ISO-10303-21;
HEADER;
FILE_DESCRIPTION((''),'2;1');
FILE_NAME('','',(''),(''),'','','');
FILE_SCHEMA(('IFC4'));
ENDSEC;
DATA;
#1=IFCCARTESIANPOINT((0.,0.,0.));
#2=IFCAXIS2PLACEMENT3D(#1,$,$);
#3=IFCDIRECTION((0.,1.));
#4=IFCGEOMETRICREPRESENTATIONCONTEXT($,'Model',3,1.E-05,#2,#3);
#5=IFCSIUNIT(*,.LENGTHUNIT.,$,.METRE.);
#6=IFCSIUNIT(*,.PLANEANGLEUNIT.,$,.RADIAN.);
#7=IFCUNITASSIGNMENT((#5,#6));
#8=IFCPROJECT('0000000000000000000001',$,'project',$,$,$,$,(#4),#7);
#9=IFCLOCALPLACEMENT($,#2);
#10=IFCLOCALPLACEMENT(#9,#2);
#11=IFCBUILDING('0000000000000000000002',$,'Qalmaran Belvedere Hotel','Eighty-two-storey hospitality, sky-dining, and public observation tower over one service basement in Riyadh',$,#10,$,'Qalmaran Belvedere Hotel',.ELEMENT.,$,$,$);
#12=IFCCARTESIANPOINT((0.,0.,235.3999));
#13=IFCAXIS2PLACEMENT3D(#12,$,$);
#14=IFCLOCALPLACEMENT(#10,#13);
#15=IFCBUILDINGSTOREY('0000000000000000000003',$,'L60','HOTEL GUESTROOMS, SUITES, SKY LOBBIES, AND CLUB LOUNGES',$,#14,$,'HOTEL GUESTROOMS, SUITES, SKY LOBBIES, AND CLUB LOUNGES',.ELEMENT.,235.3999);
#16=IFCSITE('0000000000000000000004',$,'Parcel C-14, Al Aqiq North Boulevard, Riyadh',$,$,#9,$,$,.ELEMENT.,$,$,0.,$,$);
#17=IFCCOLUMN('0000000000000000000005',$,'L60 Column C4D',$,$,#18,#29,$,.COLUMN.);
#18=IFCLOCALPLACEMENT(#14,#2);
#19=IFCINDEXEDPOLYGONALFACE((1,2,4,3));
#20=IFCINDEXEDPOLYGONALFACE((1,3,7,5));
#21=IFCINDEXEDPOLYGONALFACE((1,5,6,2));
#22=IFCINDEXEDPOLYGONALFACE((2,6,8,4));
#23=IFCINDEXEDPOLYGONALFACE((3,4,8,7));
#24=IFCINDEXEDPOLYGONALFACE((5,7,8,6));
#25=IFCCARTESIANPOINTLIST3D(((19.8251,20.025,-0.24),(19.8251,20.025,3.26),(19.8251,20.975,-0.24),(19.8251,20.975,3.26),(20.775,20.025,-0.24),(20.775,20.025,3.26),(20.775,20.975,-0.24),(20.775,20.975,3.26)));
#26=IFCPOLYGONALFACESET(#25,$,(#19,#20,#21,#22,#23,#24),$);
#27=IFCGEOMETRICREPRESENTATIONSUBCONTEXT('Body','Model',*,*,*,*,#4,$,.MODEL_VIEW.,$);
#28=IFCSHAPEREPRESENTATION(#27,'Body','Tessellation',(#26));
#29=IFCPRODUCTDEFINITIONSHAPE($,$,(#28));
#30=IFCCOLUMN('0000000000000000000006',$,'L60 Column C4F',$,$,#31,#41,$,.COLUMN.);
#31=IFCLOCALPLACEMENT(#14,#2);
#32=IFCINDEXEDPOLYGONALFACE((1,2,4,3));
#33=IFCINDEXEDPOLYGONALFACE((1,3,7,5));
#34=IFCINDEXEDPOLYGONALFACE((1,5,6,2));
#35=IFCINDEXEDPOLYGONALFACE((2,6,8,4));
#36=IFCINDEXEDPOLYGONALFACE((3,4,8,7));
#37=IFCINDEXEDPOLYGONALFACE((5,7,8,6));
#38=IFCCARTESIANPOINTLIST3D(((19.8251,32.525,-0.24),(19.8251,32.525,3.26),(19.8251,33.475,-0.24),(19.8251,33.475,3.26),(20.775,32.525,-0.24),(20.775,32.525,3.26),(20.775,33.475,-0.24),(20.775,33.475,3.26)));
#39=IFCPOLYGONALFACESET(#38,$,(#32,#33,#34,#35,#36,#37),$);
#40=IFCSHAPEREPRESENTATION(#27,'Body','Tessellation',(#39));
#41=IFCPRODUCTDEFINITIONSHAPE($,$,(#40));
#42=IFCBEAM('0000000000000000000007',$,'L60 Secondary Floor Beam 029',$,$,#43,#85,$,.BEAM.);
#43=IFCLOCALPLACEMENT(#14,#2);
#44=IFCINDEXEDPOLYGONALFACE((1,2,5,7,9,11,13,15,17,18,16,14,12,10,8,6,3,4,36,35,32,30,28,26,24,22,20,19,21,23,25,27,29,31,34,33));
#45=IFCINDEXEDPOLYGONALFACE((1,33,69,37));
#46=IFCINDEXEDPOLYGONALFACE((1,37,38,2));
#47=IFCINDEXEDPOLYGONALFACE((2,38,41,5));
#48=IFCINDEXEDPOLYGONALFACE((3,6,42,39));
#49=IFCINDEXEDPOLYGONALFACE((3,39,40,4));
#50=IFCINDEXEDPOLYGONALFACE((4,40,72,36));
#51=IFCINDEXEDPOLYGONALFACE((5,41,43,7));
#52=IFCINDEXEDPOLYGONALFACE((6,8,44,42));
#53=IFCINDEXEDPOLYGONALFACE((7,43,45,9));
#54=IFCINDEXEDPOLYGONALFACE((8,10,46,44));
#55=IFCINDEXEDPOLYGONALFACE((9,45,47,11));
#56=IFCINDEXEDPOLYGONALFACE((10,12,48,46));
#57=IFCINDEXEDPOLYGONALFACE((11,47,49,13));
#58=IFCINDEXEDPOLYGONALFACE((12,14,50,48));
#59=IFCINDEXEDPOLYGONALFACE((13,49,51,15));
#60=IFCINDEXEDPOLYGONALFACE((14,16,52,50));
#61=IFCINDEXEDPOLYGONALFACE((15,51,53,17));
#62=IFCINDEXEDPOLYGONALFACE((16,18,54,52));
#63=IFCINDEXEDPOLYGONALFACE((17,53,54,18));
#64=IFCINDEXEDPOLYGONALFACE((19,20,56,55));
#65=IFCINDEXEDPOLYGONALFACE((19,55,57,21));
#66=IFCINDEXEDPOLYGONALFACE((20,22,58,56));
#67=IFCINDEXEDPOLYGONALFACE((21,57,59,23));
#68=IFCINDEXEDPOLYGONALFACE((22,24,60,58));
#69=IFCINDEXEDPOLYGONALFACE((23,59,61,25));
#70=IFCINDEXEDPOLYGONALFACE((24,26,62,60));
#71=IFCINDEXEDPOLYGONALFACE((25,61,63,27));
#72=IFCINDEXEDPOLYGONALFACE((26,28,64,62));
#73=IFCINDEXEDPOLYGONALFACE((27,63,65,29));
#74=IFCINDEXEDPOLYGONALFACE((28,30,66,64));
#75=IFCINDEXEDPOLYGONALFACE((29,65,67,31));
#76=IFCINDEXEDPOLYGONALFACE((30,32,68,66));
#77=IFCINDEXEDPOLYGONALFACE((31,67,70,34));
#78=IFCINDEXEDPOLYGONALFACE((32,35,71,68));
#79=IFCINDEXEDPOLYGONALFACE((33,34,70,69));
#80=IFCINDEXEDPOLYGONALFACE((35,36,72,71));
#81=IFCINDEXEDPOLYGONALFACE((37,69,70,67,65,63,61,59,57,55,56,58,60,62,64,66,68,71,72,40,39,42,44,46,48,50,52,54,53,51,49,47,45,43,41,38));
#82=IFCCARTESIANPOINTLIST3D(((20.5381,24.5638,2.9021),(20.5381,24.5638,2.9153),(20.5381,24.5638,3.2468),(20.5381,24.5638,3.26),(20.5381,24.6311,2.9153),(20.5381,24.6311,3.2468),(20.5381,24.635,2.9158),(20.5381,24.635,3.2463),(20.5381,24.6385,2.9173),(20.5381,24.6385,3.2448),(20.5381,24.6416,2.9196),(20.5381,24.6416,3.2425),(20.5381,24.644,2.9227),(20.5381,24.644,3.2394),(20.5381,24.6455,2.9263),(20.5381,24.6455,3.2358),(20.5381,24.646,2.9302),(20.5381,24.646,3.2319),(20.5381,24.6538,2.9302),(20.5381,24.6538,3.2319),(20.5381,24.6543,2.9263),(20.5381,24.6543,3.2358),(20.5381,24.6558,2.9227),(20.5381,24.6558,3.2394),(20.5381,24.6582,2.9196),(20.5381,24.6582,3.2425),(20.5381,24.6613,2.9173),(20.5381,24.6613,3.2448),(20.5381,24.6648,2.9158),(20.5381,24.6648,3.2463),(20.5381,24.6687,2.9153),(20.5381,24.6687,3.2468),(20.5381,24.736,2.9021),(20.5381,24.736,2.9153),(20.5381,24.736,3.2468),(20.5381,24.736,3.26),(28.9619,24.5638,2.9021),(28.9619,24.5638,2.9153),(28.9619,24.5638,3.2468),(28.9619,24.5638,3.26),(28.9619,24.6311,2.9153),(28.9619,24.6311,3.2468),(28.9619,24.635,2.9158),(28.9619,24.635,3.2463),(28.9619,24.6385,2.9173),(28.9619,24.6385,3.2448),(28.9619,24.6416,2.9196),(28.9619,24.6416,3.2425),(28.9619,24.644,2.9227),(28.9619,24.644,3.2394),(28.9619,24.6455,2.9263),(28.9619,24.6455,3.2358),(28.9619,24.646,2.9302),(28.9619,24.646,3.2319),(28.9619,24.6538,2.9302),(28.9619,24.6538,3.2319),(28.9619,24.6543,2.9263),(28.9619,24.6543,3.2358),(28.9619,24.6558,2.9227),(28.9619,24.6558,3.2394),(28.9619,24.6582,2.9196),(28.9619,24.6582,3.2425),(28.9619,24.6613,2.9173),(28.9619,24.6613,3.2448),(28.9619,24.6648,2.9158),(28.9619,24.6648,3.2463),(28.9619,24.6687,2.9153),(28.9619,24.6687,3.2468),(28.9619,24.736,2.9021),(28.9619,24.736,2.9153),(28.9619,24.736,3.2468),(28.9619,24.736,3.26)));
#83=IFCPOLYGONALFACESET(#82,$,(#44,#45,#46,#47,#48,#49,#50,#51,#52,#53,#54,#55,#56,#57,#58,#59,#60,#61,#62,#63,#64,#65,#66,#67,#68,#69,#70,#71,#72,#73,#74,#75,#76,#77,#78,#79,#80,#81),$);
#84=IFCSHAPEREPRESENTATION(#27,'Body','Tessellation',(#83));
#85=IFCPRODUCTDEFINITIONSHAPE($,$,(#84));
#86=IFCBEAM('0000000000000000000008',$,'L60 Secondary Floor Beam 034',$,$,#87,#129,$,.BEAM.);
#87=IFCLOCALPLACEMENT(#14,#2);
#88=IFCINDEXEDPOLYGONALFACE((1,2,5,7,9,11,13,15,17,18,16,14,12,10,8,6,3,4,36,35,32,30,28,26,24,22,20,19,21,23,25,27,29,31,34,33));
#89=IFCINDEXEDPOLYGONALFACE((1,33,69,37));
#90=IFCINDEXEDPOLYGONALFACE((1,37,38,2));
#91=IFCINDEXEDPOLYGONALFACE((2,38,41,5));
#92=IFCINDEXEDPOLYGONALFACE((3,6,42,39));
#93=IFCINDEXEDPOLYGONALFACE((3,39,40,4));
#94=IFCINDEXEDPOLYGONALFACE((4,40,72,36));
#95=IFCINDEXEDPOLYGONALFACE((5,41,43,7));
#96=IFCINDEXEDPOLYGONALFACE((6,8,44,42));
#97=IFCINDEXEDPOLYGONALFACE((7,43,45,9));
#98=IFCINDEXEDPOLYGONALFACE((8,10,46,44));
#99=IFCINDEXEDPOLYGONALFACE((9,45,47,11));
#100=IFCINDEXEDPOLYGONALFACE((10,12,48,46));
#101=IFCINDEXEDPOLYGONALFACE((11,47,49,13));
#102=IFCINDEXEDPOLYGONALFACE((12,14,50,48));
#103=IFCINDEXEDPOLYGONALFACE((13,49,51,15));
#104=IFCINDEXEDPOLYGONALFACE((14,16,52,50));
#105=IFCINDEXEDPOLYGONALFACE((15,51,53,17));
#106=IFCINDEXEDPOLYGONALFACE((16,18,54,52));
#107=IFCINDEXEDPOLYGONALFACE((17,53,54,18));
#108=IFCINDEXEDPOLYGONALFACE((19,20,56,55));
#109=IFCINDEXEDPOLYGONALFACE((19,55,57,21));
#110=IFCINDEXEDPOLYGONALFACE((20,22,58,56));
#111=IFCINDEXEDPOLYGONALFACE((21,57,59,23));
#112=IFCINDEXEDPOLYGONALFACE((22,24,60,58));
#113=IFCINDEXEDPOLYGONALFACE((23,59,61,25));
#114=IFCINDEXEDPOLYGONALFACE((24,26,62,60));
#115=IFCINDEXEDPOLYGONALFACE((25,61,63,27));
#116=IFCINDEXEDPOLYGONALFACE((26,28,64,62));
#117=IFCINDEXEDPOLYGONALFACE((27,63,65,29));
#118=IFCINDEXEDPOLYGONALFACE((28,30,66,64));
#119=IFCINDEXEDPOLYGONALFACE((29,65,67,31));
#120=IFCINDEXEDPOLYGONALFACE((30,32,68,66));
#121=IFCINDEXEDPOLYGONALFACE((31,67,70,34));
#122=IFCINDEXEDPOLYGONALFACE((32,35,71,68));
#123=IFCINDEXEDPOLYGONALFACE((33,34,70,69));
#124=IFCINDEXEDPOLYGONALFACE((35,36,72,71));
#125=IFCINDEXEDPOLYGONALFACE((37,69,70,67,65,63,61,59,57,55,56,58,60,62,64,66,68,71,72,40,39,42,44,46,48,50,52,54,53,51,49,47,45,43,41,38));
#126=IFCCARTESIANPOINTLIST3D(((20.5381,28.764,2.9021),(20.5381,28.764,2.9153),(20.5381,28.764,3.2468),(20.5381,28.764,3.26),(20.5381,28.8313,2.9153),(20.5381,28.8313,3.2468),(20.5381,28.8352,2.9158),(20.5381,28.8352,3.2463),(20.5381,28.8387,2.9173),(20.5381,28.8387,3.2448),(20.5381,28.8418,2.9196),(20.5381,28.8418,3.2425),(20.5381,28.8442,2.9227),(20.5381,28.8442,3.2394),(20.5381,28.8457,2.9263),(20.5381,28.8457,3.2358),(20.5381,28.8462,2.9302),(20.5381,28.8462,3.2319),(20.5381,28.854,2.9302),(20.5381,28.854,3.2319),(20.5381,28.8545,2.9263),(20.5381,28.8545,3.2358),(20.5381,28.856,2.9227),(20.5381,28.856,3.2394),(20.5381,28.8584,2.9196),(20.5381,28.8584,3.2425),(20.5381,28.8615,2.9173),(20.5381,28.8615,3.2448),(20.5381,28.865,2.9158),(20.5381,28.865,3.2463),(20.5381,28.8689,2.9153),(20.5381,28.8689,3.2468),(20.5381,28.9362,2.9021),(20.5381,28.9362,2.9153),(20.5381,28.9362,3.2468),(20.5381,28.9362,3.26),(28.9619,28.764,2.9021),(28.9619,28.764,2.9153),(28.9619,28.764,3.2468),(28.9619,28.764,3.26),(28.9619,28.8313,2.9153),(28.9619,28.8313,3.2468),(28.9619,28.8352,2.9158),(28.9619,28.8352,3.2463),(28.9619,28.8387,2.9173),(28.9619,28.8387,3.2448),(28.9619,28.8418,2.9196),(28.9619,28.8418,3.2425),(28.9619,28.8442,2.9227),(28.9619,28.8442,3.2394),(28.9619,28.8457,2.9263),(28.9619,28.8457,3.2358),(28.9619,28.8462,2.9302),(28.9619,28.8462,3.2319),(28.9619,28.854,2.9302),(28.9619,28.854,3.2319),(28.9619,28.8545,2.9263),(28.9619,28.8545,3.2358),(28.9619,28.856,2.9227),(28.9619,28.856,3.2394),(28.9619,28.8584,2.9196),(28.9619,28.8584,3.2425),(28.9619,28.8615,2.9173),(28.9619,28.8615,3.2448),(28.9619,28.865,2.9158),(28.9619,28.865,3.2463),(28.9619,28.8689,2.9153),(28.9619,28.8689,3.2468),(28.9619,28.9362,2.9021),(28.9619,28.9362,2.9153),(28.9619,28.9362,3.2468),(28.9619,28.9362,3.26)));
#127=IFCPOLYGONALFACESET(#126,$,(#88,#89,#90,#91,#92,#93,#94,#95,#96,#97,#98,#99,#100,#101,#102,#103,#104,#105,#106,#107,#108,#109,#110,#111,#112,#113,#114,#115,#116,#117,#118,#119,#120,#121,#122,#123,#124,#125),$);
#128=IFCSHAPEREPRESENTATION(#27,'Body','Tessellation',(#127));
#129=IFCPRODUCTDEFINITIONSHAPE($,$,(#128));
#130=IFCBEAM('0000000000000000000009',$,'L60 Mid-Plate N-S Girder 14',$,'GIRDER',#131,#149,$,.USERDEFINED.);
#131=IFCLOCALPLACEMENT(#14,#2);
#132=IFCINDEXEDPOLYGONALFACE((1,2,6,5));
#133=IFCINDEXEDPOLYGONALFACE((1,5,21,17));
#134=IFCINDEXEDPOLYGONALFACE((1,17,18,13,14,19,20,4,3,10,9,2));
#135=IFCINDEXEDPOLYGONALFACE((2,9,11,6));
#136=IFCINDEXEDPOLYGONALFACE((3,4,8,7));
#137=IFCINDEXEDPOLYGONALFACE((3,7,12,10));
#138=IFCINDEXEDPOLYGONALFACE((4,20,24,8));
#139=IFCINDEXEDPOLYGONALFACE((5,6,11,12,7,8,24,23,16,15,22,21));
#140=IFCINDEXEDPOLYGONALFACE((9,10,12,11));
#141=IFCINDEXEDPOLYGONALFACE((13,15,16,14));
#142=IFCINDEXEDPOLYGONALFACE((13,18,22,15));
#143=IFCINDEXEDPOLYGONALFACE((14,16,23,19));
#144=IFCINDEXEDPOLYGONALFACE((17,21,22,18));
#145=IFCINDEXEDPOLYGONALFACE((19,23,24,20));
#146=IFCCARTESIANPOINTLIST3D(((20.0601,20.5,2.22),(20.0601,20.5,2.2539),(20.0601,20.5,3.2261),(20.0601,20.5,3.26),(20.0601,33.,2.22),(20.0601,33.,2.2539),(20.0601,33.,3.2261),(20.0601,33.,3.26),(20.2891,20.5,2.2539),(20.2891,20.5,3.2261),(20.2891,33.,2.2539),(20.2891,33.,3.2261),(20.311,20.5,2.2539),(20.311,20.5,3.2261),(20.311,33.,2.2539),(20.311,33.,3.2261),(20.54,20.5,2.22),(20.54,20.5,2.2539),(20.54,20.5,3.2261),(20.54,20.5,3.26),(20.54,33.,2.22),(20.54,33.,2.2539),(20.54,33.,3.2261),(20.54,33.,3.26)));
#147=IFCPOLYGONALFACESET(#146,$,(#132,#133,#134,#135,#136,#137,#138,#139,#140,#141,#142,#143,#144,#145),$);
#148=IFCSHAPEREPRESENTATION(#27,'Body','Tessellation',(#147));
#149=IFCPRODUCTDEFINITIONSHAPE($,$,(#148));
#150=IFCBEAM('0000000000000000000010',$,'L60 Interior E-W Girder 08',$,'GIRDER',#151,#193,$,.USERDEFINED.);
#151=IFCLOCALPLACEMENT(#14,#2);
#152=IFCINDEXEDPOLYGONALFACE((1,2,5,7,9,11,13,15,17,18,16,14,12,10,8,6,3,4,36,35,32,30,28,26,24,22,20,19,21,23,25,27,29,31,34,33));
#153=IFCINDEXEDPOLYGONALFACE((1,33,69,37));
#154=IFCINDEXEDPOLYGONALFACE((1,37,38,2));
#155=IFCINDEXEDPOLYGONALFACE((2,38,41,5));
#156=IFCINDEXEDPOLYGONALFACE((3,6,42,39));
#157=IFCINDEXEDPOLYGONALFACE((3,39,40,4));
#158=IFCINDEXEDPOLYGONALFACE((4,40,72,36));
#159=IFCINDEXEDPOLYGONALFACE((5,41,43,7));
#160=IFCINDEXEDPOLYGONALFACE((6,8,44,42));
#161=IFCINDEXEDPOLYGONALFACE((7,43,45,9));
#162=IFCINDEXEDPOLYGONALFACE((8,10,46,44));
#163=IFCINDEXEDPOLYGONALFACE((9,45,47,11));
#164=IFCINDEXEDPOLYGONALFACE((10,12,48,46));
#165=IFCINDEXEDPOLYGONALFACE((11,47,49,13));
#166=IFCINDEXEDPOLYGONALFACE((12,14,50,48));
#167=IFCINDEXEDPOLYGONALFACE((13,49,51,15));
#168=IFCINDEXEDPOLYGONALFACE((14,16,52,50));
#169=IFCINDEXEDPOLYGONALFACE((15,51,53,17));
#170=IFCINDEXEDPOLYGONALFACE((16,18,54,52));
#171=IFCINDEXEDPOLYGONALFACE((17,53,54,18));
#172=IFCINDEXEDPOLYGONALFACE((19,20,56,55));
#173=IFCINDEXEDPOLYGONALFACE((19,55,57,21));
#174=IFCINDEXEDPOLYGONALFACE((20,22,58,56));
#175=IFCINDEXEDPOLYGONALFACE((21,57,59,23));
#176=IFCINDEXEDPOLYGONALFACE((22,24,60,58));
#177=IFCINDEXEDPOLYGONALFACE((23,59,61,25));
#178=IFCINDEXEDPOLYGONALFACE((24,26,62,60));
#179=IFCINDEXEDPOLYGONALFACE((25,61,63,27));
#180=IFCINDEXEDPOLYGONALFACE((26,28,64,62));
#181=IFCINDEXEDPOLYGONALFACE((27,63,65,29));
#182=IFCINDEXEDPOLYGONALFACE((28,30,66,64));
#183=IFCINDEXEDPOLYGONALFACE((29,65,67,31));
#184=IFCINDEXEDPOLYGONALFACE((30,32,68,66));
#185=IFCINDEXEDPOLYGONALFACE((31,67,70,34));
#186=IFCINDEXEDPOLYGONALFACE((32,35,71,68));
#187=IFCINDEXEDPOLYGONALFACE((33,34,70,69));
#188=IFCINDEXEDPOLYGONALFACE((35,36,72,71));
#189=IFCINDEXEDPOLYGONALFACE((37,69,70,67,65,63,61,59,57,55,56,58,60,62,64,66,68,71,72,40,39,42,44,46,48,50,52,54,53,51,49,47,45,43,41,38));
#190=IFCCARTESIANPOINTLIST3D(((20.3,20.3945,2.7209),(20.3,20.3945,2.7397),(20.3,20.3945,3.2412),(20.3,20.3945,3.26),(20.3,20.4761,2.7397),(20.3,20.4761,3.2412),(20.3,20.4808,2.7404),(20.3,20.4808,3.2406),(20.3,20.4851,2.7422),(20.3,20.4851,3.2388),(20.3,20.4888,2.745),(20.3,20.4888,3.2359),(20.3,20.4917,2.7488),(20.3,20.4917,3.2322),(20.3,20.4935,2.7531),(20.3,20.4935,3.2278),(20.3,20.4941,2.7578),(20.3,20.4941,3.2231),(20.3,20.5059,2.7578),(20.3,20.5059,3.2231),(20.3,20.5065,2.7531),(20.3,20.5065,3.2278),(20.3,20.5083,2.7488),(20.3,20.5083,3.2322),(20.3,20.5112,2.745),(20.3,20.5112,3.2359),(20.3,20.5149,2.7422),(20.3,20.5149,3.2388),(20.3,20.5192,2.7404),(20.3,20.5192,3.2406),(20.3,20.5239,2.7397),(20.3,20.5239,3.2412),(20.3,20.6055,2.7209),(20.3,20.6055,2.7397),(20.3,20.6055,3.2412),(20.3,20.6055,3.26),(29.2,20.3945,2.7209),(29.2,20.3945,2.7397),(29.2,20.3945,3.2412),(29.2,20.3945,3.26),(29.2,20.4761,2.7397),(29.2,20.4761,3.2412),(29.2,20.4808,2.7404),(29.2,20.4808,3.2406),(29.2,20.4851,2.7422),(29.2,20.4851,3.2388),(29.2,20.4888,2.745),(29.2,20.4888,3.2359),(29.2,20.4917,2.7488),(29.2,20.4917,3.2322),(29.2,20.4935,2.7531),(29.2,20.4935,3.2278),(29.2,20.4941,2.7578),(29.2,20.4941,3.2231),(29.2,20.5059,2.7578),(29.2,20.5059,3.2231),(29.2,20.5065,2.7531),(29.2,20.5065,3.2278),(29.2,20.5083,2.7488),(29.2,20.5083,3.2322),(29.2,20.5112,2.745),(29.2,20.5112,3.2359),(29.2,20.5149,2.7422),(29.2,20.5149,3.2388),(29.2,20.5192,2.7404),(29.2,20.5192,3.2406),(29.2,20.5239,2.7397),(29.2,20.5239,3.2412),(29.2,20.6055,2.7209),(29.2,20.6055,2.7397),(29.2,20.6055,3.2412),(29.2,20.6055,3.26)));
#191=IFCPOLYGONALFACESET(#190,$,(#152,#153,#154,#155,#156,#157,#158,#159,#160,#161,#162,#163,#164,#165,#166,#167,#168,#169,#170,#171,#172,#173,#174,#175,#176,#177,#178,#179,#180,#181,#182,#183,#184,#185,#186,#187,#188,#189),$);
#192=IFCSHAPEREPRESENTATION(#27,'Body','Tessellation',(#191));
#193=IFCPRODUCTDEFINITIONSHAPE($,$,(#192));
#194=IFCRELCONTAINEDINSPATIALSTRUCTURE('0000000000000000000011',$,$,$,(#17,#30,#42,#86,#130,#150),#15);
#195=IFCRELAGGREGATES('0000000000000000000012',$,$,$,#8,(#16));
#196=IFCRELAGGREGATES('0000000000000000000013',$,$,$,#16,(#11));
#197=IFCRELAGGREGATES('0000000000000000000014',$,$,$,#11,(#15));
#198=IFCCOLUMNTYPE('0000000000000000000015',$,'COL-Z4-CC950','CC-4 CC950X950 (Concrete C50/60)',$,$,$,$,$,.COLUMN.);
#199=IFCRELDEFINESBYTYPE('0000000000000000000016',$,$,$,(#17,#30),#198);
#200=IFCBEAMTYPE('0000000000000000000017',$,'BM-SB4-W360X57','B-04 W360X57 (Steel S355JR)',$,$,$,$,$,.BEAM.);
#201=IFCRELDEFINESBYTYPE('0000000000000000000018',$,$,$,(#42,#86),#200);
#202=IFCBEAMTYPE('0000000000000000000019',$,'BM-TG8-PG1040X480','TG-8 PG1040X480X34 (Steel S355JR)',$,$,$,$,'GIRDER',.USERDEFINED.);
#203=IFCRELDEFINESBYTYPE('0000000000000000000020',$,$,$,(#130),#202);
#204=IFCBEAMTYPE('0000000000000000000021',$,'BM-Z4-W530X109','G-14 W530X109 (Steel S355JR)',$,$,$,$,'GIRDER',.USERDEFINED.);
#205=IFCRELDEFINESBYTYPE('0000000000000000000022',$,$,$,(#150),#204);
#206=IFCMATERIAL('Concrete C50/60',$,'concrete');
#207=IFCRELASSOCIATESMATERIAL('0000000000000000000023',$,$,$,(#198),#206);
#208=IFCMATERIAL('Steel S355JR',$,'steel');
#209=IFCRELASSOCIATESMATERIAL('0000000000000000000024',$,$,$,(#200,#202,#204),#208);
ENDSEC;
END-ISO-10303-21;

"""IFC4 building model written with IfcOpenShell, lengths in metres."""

from ifc_helpers import new_model, si_unit, direction, frame, origin, origin_2d, place, context, subcontext, project, spatial, rectangle, i_section, extrude, material, material_profile, profile_set, type_object, element, save


model = new_model("IFC4")

# Units and contexts
model_context = context("Model", 3, precision=1e-05, world=origin(), true_north=direction((0.0, 1.0)))
body_context = subcontext(model_context, "Body", "Model", "MODEL_VIEW")
ifc_project = project(units=[si_unit("LENGTHUNIT", "METRE"), si_unit("PLANEANGLEUNIT", "RADIAN")], contexts=[model_context])

# Site, building, storey
site_placement = place(None, origin())
site = spatial("IfcSite", under=ifc_project, at=site_placement, Name="Parcel C-14, Al Aqiq North Boulevard, Riyadh", CompositionType="ELEMENT", RefElevation=0.0)
building_placement = place(site_placement, origin())
building = spatial("IfcBuilding", under=site, at=building_placement, Name="Qalmaran Belvedere Hotel", Description="Eighty-two-storey hospitality, sky-dining, and public observation tower over one service basement in Riyadh", LongName="Qalmaran Belvedere Hotel", CompositionType="ELEMENT")
storey_placement = place(building_placement, frame((0.0, 0.0, 235.3999)))
storey = spatial("IfcBuildingStorey", under=building, at=storey_placement, Name="L60", Description="HOTEL GUESTROOMS, SUITES, SKY LOBBIES, AND CLUB LOUNGES", LongName="HOTEL GUESTROOMS, SUITES, SKY LOBBIES, AND CLUB LOUNGES", CompositionType="ELEMENT", Elevation=235.3999)

# Columns
ifc_material_1 = material(Name="Concrete C50/60", Category="concrete")
ifc_material_profile_1 = material_profile(ifc_material_1, rectangle(XDim=0.95, YDim=0.95, at=origin_2d()), Name="CC950X950")
ifc_profile_set_1 = profile_set([ifc_material_profile_1], Name="Concrete C50/60")
column_type = type_object("IfcColumnType", Name="COL-Z4-CC950", Description="CC-4 CC950X950 (Concrete C50/60)", PredefinedType="COLUMN", material=ifc_profile_set_1)
for number, where, z_axis, x_axis, name in (
    (1, (20.3, 20.5, -0.24), (0.0, 0.0, 1.0), (1.0, 0.0, 0.0), "L60 Column C4D"),
    (2, (20.3, 33.0, -0.24), (0.0, 0.0, 1.0), (1.0, 0.0, 0.0), "L60 Column C4F"),
):
    element("IfcColumn", number, at=place(storey_placement, frame(where, z_axis=z_axis, x_axis=x_axis)), inside=storey, type_object=column_type, Name=name, PredefinedType="COLUMN", context=body_context, shape_type="SweptSolid", body=[
        extrude(rectangle(XDim=0.95, YDim=0.95, at=origin_2d()), origin(), (0.0, 0.0, 1.0), 3.5),
    ])

# Beams
ifc_material_2 = material(Name="Steel S355JR", Category="steel")
ifc_material_profile_2 = material_profile(ifc_material_2, i_section(OverallWidth=0.1721, OverallDepth=0.3579, WebThickness=0.0078, FlangeThickness=0.0132, FilletRadius=0.0149, at=origin_2d()), Name="W360X57")
ifc_profile_set_2 = profile_set([ifc_material_profile_2], Name="Steel S355JR")
beam_type_1 = type_object("IfcBeamType", Name="BM-SB4-W360X57", Description="B-04 W360X57 (Steel S355JR)", PredefinedType="BEAM", material=ifc_profile_set_2)
for number, where, z_axis, x_axis, name in (
    (3, (20.5381, 24.6499, 3.0811), (1.0, 0.0, 0.0), (0.0, 1.0, 0.0), "L60 Secondary Floor Beam 029"),
    (4, (20.5381, 28.8501, 3.0811), (1.0, 0.0, 0.0), (0.0, 1.0, 0.0), "L60 Secondary Floor Beam 034"),
):
    element("IfcBeam", number, at=place(storey_placement, frame(where, z_axis=z_axis, x_axis=x_axis)), inside=storey, type_object=beam_type_1, Name=name, PredefinedType="BEAM", context=body_context, shape_type="SweptSolid", body=[
        extrude(i_section(OverallWidth=0.1721, OverallDepth=0.3579, WebThickness=0.0078, FlangeThickness=0.0132, FilletRadius=0.0149, at=origin_2d()), origin(), (0.0, 0.0, 1.0), 8.4238),
    ])
ifc_material_profile_3 = material_profile(ifc_material_2, i_section(OverallWidth=0.48, OverallDepth=1.04, WebThickness=0.022, FlangeThickness=0.0339, at=origin_2d()), Name="PG1040X480X34")
ifc_profile_set_3 = profile_set([ifc_material_profile_3], Name="Steel S355JR")
beam_type_2 = type_object("IfcBeamType", Name="BM-TG8-PG1040X480", Description="TG-8 PG1040X480X34 (Steel S355JR)", ElementType="GIRDER", PredefinedType="USERDEFINED", material=ifc_profile_set_3)
beam_1_placement = place(storey_placement, frame((20.3, 20.5, 2.74), z_axis=(0.0, 1.0, 0.0), x_axis=(-1.0, 0.0, 0.0)))
element("IfcBeam", 5, at=beam_1_placement, inside=storey, type_object=beam_type_2, Name="L60 Mid-Plate N-S Girder 14", ObjectType="GIRDER", PredefinedType="USERDEFINED", context=body_context, shape_type="SweptSolid", body=[
    extrude(i_section(OverallWidth=0.48, OverallDepth=1.04, WebThickness=0.022, FlangeThickness=0.0339, at=origin_2d()), origin(), (0.0, 0.0, 1.0), 12.5),
])
ifc_material_profile_4 = material_profile(ifc_material_2, i_section(OverallWidth=0.2109, OverallDepth=0.5391, WebThickness=0.0117, FlangeThickness=0.0188, FilletRadius=0.0181, at=origin_2d()), Name="W530X109")
ifc_profile_set_4 = profile_set([ifc_material_profile_4], Name="Steel S355JR")
beam_type_3 = type_object("IfcBeamType", Name="BM-Z4-W530X109", Description="G-14 W530X109 (Steel S355JR)", ElementType="GIRDER", PredefinedType="USERDEFINED", material=ifc_profile_set_4)
beam_2_placement = place(storey_placement, frame((20.3, 20.5, 2.9905), z_axis=(1.0, 0.0, 0.0), x_axis=(0.0, 1.0, 0.0)))
element("IfcBeam", 6, at=beam_2_placement, inside=storey, type_object=beam_type_3, Name="L60 Interior E-W Girder 08", ObjectType="GIRDER", PredefinedType="USERDEFINED", context=body_context, shape_type="SweptSolid", body=[
    extrude(i_section(OverallWidth=0.2109, OverallDepth=0.5391, WebThickness=0.0117, FlangeThickness=0.0188, FilletRadius=0.0181, at=origin_2d()), origin(), (0.0, 0.0, 1.0), 8.8999),
])

save(model, "model.ifc")
